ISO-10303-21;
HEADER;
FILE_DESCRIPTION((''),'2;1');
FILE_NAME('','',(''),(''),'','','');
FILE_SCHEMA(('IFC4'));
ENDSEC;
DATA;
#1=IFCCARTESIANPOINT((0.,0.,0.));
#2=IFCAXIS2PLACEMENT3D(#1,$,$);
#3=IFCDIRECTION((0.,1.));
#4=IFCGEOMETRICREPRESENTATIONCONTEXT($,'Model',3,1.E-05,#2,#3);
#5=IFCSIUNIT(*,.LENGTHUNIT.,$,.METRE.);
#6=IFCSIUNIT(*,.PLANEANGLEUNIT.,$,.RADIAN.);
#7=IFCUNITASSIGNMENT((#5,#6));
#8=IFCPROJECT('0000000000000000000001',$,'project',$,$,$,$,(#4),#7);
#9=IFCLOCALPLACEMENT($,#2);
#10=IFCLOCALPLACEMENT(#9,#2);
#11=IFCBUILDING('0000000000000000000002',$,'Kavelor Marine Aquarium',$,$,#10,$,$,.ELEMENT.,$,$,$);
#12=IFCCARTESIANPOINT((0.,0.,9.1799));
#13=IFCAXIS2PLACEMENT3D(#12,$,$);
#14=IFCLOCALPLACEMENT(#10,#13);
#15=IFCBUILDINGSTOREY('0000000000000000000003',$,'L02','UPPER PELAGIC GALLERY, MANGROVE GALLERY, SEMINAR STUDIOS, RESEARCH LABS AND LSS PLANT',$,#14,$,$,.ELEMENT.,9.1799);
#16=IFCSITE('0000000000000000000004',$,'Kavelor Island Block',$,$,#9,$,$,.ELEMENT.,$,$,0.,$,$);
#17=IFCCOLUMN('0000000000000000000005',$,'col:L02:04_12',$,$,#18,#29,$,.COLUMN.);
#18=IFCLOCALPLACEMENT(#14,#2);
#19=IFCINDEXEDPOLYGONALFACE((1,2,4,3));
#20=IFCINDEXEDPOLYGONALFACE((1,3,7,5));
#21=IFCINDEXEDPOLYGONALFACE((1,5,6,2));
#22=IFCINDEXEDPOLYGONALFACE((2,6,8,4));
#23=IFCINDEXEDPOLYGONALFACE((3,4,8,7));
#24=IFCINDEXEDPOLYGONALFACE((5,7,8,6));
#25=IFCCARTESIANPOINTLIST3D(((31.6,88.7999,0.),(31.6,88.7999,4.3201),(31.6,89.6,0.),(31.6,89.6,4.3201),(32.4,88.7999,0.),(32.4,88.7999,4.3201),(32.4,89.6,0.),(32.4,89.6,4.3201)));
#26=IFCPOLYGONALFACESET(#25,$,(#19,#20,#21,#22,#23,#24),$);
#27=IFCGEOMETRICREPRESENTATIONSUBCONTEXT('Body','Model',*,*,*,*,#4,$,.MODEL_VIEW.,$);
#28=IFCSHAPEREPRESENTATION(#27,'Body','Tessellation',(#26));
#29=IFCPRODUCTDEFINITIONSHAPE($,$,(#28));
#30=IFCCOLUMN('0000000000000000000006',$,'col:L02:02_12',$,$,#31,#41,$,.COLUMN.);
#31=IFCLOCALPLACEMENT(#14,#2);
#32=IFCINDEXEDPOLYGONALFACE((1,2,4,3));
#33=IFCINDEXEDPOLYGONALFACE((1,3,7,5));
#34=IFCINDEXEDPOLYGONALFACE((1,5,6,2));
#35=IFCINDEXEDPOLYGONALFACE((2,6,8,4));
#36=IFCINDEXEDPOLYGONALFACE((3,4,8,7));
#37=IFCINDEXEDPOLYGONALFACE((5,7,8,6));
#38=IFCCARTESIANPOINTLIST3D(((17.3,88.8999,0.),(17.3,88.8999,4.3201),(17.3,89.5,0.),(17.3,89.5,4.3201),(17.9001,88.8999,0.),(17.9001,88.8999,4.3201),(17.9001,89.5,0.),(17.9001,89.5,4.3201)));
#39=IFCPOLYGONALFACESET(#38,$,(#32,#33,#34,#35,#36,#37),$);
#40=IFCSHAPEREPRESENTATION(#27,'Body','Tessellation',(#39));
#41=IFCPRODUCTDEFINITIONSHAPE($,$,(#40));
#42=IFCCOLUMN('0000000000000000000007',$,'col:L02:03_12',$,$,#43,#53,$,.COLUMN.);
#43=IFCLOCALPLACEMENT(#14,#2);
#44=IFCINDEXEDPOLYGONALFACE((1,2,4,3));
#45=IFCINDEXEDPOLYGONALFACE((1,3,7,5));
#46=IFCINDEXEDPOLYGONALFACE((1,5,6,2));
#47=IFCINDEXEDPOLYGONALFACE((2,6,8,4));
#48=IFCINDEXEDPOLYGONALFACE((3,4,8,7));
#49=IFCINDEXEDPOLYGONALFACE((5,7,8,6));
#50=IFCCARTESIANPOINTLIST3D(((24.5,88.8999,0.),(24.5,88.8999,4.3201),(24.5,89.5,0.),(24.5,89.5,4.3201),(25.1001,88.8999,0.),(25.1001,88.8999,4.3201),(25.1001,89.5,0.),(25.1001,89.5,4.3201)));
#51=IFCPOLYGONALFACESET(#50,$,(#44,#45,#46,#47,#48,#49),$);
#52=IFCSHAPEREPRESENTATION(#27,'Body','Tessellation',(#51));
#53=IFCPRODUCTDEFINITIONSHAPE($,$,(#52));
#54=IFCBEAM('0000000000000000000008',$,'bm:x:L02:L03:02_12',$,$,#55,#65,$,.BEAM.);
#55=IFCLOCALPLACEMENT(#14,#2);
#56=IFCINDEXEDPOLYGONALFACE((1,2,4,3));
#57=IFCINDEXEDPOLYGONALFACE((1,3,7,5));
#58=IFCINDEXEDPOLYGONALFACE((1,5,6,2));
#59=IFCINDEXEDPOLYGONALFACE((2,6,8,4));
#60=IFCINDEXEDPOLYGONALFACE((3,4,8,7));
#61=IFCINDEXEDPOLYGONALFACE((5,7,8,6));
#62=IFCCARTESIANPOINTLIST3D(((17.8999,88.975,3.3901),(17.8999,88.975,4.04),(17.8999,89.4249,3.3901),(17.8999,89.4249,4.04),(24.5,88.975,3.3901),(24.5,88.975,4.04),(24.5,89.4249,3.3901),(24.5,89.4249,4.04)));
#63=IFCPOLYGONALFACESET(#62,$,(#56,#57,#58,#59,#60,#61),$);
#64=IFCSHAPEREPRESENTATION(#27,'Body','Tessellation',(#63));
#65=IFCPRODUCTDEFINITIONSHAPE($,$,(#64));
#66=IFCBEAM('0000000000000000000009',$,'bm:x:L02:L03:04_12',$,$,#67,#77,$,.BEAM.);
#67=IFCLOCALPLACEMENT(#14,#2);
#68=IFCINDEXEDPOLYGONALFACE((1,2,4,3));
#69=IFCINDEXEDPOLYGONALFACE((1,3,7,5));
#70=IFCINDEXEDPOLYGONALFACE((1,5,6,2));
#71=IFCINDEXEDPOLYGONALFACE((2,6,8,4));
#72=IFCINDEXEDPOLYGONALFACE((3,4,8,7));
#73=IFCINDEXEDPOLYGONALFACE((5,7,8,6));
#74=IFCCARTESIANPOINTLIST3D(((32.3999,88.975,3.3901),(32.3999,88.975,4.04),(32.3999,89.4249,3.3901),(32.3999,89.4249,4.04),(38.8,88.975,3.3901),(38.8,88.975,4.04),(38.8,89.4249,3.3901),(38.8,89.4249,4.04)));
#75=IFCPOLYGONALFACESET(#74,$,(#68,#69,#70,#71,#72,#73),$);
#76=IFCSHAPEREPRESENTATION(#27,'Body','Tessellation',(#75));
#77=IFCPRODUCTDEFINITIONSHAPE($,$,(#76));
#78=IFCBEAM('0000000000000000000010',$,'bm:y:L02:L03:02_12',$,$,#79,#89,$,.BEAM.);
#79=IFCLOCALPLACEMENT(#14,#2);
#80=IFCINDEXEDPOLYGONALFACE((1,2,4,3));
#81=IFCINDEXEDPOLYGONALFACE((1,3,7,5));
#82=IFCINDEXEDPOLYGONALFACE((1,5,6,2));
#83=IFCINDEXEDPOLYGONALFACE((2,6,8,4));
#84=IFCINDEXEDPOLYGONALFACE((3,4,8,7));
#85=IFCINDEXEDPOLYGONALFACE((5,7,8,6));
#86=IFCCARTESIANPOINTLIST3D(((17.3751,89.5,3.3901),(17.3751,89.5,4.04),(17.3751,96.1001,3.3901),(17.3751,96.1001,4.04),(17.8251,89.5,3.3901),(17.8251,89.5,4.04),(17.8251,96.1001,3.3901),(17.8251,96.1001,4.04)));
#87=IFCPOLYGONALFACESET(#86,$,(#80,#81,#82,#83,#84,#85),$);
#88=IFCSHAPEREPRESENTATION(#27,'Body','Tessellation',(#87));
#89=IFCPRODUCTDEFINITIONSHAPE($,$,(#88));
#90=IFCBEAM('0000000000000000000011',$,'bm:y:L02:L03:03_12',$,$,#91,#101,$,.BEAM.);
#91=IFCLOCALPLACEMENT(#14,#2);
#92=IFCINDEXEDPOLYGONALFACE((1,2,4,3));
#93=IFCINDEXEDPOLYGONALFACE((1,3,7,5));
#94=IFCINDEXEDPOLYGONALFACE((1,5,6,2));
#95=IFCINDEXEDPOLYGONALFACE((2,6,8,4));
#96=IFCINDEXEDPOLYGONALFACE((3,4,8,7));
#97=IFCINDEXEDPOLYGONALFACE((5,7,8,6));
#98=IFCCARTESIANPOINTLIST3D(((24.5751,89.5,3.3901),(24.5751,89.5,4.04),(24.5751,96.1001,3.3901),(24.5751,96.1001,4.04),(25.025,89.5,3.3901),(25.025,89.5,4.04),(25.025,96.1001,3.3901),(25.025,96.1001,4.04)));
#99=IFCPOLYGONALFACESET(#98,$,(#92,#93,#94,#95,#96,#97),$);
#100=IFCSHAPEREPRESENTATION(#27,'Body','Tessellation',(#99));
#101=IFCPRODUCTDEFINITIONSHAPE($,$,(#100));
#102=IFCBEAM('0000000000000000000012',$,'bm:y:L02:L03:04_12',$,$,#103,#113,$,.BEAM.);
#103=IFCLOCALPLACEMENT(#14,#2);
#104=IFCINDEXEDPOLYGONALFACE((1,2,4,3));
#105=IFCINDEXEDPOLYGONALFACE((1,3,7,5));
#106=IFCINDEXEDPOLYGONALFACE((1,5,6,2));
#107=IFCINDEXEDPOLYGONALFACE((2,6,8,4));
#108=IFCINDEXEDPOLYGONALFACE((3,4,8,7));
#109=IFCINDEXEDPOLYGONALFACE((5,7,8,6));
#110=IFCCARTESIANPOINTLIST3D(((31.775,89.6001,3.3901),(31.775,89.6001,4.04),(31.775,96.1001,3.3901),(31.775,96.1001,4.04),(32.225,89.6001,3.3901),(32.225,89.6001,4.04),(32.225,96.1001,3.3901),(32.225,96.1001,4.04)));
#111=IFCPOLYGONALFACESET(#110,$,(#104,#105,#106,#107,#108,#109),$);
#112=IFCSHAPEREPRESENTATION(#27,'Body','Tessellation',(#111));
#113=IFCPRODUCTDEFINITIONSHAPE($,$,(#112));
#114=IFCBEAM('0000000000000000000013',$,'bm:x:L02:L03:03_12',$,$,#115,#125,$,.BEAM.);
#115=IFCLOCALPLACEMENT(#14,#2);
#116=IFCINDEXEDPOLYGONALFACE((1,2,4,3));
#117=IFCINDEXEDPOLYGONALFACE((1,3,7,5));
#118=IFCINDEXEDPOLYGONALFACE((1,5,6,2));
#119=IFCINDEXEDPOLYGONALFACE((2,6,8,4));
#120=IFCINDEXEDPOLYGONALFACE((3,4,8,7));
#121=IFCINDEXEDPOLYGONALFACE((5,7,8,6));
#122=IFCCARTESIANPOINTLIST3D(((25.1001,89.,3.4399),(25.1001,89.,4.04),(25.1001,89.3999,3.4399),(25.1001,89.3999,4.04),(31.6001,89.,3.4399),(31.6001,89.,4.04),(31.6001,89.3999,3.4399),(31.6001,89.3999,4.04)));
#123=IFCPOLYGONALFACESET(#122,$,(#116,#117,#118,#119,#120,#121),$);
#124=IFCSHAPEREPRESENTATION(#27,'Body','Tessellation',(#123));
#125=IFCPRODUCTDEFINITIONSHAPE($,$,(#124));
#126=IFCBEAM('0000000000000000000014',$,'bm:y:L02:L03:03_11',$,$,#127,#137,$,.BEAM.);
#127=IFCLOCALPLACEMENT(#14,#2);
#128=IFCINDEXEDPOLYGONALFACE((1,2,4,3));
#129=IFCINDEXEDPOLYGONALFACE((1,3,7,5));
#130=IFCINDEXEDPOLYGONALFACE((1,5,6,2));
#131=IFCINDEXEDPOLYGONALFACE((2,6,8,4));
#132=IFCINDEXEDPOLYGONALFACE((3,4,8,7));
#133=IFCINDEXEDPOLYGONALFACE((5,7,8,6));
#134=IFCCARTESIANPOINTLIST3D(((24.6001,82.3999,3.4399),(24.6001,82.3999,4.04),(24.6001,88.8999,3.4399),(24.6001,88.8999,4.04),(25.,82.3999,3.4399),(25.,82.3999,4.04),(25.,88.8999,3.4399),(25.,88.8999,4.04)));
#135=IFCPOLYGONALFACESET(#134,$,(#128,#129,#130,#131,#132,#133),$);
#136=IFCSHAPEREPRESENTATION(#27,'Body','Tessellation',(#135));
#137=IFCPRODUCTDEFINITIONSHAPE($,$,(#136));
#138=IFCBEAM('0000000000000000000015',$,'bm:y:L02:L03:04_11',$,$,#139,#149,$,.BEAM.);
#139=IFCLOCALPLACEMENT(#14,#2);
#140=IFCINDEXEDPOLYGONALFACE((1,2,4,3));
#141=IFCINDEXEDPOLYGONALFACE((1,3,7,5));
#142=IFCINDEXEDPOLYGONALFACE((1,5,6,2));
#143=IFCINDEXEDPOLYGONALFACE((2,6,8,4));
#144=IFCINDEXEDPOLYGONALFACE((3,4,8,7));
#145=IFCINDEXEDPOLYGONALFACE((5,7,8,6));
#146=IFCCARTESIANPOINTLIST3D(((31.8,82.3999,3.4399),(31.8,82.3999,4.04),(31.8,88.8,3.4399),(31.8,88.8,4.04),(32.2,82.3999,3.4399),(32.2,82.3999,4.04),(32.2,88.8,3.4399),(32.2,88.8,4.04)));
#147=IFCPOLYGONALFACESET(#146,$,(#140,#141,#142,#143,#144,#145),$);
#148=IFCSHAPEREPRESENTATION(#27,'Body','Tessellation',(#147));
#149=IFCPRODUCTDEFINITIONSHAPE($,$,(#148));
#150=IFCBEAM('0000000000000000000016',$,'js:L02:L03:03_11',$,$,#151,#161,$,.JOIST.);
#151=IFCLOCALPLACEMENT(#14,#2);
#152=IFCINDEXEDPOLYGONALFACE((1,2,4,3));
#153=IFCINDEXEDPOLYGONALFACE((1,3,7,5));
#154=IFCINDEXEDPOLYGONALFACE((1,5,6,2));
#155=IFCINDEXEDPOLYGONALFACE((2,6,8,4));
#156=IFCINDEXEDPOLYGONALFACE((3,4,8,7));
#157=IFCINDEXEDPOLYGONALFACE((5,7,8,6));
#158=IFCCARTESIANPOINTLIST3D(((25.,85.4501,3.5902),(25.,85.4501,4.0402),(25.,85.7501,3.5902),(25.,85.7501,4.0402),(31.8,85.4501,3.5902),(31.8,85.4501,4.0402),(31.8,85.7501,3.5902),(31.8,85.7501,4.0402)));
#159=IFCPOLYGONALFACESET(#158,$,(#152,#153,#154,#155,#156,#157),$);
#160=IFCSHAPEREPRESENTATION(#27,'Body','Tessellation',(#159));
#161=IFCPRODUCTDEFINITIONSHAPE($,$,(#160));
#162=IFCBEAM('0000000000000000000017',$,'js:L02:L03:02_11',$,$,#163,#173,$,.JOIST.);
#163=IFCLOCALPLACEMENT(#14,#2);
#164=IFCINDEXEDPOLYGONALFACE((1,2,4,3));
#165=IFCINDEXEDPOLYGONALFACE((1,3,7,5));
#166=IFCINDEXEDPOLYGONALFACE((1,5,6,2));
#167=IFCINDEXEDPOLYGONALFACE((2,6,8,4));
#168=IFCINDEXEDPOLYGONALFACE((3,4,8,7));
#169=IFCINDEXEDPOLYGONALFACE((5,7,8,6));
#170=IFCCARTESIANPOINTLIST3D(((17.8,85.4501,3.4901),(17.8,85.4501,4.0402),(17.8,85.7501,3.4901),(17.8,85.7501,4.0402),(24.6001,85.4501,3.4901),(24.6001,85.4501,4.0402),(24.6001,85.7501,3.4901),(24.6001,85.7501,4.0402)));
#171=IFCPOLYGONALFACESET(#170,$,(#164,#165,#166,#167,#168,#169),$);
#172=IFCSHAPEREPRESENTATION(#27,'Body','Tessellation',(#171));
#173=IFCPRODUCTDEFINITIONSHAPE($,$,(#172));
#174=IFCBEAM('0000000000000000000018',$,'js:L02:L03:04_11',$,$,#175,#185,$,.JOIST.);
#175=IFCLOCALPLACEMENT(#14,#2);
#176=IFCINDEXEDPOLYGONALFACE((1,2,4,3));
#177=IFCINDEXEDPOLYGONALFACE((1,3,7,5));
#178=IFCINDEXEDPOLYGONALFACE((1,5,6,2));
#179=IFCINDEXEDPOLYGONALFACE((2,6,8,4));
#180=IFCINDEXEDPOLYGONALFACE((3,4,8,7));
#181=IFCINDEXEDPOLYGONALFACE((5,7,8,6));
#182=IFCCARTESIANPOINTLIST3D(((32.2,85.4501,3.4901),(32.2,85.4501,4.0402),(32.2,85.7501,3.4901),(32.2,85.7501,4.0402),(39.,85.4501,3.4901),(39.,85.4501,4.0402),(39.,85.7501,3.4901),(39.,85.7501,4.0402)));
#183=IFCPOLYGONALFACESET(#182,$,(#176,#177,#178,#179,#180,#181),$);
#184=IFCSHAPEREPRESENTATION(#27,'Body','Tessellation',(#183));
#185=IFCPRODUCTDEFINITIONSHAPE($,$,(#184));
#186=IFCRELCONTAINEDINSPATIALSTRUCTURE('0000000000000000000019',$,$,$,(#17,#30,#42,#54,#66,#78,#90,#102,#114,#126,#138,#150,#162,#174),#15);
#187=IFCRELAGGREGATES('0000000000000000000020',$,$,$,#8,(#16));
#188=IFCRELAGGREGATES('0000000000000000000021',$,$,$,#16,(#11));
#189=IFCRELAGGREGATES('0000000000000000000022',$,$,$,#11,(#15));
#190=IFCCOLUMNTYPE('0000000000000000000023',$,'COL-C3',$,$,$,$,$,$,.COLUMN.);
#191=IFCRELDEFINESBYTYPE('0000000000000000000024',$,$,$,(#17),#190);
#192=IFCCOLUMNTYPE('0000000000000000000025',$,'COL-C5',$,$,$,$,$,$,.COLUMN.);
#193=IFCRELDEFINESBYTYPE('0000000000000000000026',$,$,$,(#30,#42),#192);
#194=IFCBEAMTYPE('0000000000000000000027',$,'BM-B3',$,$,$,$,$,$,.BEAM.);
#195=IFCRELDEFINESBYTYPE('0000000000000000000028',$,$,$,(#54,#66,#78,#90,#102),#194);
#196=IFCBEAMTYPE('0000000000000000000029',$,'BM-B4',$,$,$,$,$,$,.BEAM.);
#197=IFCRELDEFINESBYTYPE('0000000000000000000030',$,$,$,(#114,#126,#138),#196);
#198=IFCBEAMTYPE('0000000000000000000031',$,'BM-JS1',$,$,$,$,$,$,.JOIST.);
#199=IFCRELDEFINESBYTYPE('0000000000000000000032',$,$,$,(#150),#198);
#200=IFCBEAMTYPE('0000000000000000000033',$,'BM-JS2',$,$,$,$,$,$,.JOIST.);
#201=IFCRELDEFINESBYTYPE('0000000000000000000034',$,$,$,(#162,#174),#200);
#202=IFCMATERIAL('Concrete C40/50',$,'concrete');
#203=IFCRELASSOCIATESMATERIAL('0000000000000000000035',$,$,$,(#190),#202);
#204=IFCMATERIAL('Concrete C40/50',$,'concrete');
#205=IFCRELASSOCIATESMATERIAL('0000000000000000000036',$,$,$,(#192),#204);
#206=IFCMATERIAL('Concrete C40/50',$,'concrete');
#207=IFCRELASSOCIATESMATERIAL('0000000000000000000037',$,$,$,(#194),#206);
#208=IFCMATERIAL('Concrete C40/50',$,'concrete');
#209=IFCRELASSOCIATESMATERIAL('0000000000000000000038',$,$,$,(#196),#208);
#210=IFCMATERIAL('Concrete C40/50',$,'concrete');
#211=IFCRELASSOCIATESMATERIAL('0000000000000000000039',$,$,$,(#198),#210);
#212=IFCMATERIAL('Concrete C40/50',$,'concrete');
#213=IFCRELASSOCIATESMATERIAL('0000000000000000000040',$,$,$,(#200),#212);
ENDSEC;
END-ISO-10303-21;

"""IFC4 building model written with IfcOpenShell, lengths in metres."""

from ifc_helpers import new_model, si_unit, direction, frame, origin, origin_2d, place, context, subcontext, project, spatial, rectangle, extrude, material, material_profile, profile_set, type_object, element, save


model = new_model("IFC4")

# Units and contexts
model_context = context("Model", 3, precision=1e-05, world=origin(), true_north=direction((0.0, 1.0)))
body_context = subcontext(model_context, "Body", "Model", "MODEL_VIEW")
ifc_project = project(units=[si_unit("LENGTHUNIT", "METRE"), si_unit("PLANEANGLEUNIT", "RADIAN")], contexts=[model_context])

# Site, building, storey
site_placement = place(None, origin())
site = spatial("IfcSite", under=ifc_project, at=site_placement, Name="Kavelor Island Block", CompositionType="ELEMENT", RefElevation=0.0)
building_placement = place(site_placement, origin())
building = spatial("IfcBuilding", under=site, at=building_placement, Name="Kavelor Marine Aquarium", CompositionType="ELEMENT")
storey_placement = place(building_placement, frame((0.0, 0.0, 9.1799)))
storey = spatial("IfcBuildingStorey", under=building, at=storey_placement, Name="L02", Description="UPPER PELAGIC GALLERY, MANGROVE GALLERY, SEMINAR STUDIOS, RESEARCH LABS AND LSS PLANT", CompositionType="ELEMENT", Elevation=9.1799)

# Columns
ifc_material_1 = material(Name="Concrete C40/50", Category="concrete")
ifc_material_profile_1 = material_profile(ifc_material_1, rectangle(XDim=0.8, YDim=0.8, at=origin_2d()), Name="RC-COL 800x800")
ifc_profile_set_1 = profile_set([ifc_material_profile_1], Name="Concrete C40/50")
column_type_1 = type_object("IfcColumnType", Name="COL-C3", PredefinedType="COLUMN", material=ifc_profile_set_1)
column_placement = place(storey_placement, frame((32.0, 89.2, 0.0), z_axis=(0.0, 0.0, 1.0), x_axis=(1.0, 0.0, 0.0)))
element("IfcColumn", 1, at=column_placement, inside=storey, type_object=column_type_1, Name="col:L02:04_12", PredefinedType="COLUMN", context=body_context, shape_type="SweptSolid", body=[
    extrude(rectangle(XDim=0.8, YDim=0.8, at=origin_2d()), origin(), (0.0, 0.0, 1.0), 4.3201),
])
ifc_material_2 = material(Name="Concrete C40/50", Category="concrete")
ifc_material_profile_2 = material_profile(ifc_material_2, rectangle(XDim=0.6001, YDim=0.6001, at=origin_2d()), Name="RC-COL 600x600")
ifc_profile_set_2 = profile_set([ifc_material_profile_2], Name="Concrete C40/50")
column_type_2 = type_object("IfcColumnType", Name="COL-C5", PredefinedType="COLUMN", material=ifc_profile_set_2)
for number, where, z_axis, x_axis, name in (
    (2, (17.6001, 89.2, 0.0), (0.0, 0.0, 1.0), (1.0, 0.0, 0.0), "col:L02:02_12"),
    (3, (24.8, 89.2, 0.0), (0.0, 0.0, 1.0), (1.0, 0.0, 0.0), "col:L02:03_12"),
):
    element("IfcColumn", number, at=place(storey_placement, frame(where, z_axis=z_axis, x_axis=x_axis)), inside=storey, type_object=column_type_2, Name=name, PredefinedType="COLUMN", context=body_context, shape_type="SweptSolid", body=[
        extrude(rectangle(XDim=0.6001, YDim=0.6001, at=origin_2d()), origin(), (0.0, 0.0, 1.0), 4.3201),
    ])

# Beams
ifc_material_3 = material(Name="Concrete C40/50", Category="concrete")
ifc_material_profile_3 = material_profile(ifc_material_3, rectangle(XDim=0.45, YDim=0.6499, at=origin_2d()), Name="RC-BM 450x650")
ifc_profile_set_3 = profile_set([ifc_material_profile_3], Name="Concrete C40/50")
beam_type_1 = type_object("IfcBeamType", Name="BM-B3", PredefinedType="BEAM", material=ifc_profile_set_3)
beam_1_placement = place(storey_placement, frame((17.8999, 89.2, 3.7151), z_axis=(1.0, 0.0, 0.0), x_axis=(0.0, 1.0, 0.0)))
element("IfcBeam", 4, at=beam_1_placement, inside=storey, type_object=beam_type_1, Name="bm:x:L02:L03:02_12", PredefinedType="BEAM", context=body_context, shape_type="SweptSolid", body=[
    extrude(rectangle(XDim=0.45, YDim=0.6499, at=origin_2d()), origin(), (0.0, 0.0, 1.0), 6.6001),
])
beam_2_placement = place(storey_placement, frame((32.3999, 89.2, 3.7151), z_axis=(1.0, 0.0, 0.0), x_axis=(0.0, 1.0, 0.0)))
element("IfcBeam", 5, at=beam_2_placement, inside=storey, type_object=beam_type_1, Name="bm:x:L02:L03:04_12", PredefinedType="BEAM", context=body_context, shape_type="SweptSolid", body=[
    extrude(rectangle(XDim=0.45, YDim=0.6499, at=origin_2d()), origin(), (0.0, 0.0, 1.0), 6.4001),
])
for number, where, z_axis, x_axis, name in (
    (6, (17.6001, 89.5, 3.7151), (0.0, 1.0, 0.0), (-1.0, 0.0, 0.0), "bm:y:L02:L03:02_12"),
    (7, (24.8, 89.5, 3.7151), (0.0, 1.0, 0.0), (-1.0, 0.0, 0.0), "bm:y:L02:L03:03_12"),
):
    element("IfcBeam", number, at=place(storey_placement, frame(where, z_axis=z_axis, x_axis=x_axis)), inside=storey, type_object=beam_type_1, Name=name, PredefinedType="BEAM", context=body_context, shape_type="SweptSolid", body=[
        extrude(rectangle(XDim=0.45, YDim=0.6499, at=origin_2d()), origin(), (0.0, 0.0, 1.0), 6.6001),
    ])
beam_3_placement = place(storey_placement, frame((32.0, 89.6001, 3.7151), z_axis=(0.0, 1.0, 0.0), x_axis=(-1.0, 0.0, 0.0)))
element("IfcBeam", 8, at=beam_3_placement, inside=storey, type_object=beam_type_1, Name="bm:y:L02:L03:04_12", PredefinedType="BEAM", context=body_context, shape_type="SweptSolid", body=[
    extrude(rectangle(XDim=0.45, YDim=0.6499, at=origin_2d()), origin(), (0.0, 0.0, 1.0), 6.5),
])
ifc_material_4 = material(Name="Concrete C40/50", Category="concrete")
ifc_material_profile_4 = material_profile(ifc_material_4, rectangle(XDim=0.3999, YDim=0.6001, at=origin_2d()), Name="RC-BM 400x600")
ifc_profile_set_4 = profile_set([ifc_material_profile_4], Name="Concrete C40/50")
beam_type_2 = type_object("IfcBeamType", Name="BM-B4", PredefinedType="BEAM", material=ifc_profile_set_4)
for number, where, z_axis, x_axis, name in (
    (9, (25.1001, 89.2, 3.74), (1.0, 0.0, 0.0), (0.0, 1.0, 0.0), "bm:x:L02:L03:03_12"),
    (10, (24.8, 82.3999, 3.74), (0.0, 1.0, 0.0), (-1.0, 0.0, 0.0), "bm:y:L02:L03:03_11"),
):
    element("IfcBeam", number, at=place(storey_placement, frame(where, z_axis=z_axis, x_axis=x_axis)), inside=storey, type_object=beam_type_2, Name=name, PredefinedType="BEAM", context=body_context, shape_type="SweptSolid", body=[
        extrude(rectangle(XDim=0.3999, YDim=0.6001, at=origin_2d()), origin(), (0.0, 0.0, 1.0), 6.5),
    ])
beam_4_placement = place(storey_placement, frame((32.0, 82.3999, 3.74), z_axis=(0.0, 1.0, 0.0), x_axis=(-1.0, 0.0, 0.0)))
element("IfcBeam", 11, at=beam_4_placement, inside=storey, type_object=beam_type_2, Name="bm:y:L02:L03:04_11", PredefinedType="BEAM", context=body_context, shape_type="SweptSolid", body=[
    extrude(rectangle(XDim=0.3999, YDim=0.6001, at=origin_2d()), origin(), (0.0, 0.0, 1.0), 6.4001),
])
ifc_material_5 = material(Name="Concrete C40/50", Category="concrete")
ifc_material_profile_5 = material_profile(ifc_material_5, rectangle(XDim=0.3, YDim=0.45, at=origin_2d()), Name="RC-JS 300x450")
ifc_profile_set_5 = profile_set([ifc_material_profile_5], Name="Concrete C40/50")
beam_type_3 = type_object("IfcBeamType", Name="BM-JS1", PredefinedType="JOIST", material=ifc_profile_set_5)
beam_5_placement = place(storey_placement, frame((25.0, 85.6001, 3.8152), z_axis=(1.0, 0.0, 0.0), x_axis=(0.0, 1.0, 0.0)))
element("IfcBeam", 12, at=beam_5_placement, inside=storey, type_object=beam_type_3, Name="js:L02:L03:03_11", PredefinedType="JOIST", context=body_context, shape_type="SweptSolid", body=[
    extrude(rectangle(XDim=0.3, YDim=0.45, at=origin_2d()), origin(), (0.0, 0.0, 1.0), 6.8),
])
ifc_material_6 = material(Name="Concrete C40/50", Category="concrete")
ifc_material_profile_6 = material_profile(ifc_material_6, rectangle(XDim=0.3, YDim=0.55, at=origin_2d()), Name="RC-JS 300x550")
ifc_profile_set_6 = profile_set([ifc_material_profile_6], Name="Concrete C40/50")
beam_type_4 = type_object("IfcBeamType", Name="BM-JS2", PredefinedType="JOIST", material=ifc_profile_set_6)
for number, where, z_axis, x_axis, name in (
    (13, (17.8, 85.6001, 3.7651), (1.0, 0.0, 0.0), (0.0, 1.0, 0.0), "js:L02:L03:02_11"),
    (14, (32.2, 85.6001, 3.7651), (1.0, 0.0, 0.0), (0.0, 1.0, 0.0), "js:L02:L03:04_11"),
):
    element("IfcBeam", number, at=place(storey_placement, frame(where, z_axis=z_axis, x_axis=x_axis)), inside=storey, type_object=beam_type_4, Name=name, PredefinedType="JOIST", context=body_context, shape_type="SweptSolid", body=[
        extrude(rectangle(XDim=0.3, YDim=0.55, at=origin_2d()), origin(), (0.0, 0.0, 1.0), 6.8),
    ])

save(model, "model.ifc")
